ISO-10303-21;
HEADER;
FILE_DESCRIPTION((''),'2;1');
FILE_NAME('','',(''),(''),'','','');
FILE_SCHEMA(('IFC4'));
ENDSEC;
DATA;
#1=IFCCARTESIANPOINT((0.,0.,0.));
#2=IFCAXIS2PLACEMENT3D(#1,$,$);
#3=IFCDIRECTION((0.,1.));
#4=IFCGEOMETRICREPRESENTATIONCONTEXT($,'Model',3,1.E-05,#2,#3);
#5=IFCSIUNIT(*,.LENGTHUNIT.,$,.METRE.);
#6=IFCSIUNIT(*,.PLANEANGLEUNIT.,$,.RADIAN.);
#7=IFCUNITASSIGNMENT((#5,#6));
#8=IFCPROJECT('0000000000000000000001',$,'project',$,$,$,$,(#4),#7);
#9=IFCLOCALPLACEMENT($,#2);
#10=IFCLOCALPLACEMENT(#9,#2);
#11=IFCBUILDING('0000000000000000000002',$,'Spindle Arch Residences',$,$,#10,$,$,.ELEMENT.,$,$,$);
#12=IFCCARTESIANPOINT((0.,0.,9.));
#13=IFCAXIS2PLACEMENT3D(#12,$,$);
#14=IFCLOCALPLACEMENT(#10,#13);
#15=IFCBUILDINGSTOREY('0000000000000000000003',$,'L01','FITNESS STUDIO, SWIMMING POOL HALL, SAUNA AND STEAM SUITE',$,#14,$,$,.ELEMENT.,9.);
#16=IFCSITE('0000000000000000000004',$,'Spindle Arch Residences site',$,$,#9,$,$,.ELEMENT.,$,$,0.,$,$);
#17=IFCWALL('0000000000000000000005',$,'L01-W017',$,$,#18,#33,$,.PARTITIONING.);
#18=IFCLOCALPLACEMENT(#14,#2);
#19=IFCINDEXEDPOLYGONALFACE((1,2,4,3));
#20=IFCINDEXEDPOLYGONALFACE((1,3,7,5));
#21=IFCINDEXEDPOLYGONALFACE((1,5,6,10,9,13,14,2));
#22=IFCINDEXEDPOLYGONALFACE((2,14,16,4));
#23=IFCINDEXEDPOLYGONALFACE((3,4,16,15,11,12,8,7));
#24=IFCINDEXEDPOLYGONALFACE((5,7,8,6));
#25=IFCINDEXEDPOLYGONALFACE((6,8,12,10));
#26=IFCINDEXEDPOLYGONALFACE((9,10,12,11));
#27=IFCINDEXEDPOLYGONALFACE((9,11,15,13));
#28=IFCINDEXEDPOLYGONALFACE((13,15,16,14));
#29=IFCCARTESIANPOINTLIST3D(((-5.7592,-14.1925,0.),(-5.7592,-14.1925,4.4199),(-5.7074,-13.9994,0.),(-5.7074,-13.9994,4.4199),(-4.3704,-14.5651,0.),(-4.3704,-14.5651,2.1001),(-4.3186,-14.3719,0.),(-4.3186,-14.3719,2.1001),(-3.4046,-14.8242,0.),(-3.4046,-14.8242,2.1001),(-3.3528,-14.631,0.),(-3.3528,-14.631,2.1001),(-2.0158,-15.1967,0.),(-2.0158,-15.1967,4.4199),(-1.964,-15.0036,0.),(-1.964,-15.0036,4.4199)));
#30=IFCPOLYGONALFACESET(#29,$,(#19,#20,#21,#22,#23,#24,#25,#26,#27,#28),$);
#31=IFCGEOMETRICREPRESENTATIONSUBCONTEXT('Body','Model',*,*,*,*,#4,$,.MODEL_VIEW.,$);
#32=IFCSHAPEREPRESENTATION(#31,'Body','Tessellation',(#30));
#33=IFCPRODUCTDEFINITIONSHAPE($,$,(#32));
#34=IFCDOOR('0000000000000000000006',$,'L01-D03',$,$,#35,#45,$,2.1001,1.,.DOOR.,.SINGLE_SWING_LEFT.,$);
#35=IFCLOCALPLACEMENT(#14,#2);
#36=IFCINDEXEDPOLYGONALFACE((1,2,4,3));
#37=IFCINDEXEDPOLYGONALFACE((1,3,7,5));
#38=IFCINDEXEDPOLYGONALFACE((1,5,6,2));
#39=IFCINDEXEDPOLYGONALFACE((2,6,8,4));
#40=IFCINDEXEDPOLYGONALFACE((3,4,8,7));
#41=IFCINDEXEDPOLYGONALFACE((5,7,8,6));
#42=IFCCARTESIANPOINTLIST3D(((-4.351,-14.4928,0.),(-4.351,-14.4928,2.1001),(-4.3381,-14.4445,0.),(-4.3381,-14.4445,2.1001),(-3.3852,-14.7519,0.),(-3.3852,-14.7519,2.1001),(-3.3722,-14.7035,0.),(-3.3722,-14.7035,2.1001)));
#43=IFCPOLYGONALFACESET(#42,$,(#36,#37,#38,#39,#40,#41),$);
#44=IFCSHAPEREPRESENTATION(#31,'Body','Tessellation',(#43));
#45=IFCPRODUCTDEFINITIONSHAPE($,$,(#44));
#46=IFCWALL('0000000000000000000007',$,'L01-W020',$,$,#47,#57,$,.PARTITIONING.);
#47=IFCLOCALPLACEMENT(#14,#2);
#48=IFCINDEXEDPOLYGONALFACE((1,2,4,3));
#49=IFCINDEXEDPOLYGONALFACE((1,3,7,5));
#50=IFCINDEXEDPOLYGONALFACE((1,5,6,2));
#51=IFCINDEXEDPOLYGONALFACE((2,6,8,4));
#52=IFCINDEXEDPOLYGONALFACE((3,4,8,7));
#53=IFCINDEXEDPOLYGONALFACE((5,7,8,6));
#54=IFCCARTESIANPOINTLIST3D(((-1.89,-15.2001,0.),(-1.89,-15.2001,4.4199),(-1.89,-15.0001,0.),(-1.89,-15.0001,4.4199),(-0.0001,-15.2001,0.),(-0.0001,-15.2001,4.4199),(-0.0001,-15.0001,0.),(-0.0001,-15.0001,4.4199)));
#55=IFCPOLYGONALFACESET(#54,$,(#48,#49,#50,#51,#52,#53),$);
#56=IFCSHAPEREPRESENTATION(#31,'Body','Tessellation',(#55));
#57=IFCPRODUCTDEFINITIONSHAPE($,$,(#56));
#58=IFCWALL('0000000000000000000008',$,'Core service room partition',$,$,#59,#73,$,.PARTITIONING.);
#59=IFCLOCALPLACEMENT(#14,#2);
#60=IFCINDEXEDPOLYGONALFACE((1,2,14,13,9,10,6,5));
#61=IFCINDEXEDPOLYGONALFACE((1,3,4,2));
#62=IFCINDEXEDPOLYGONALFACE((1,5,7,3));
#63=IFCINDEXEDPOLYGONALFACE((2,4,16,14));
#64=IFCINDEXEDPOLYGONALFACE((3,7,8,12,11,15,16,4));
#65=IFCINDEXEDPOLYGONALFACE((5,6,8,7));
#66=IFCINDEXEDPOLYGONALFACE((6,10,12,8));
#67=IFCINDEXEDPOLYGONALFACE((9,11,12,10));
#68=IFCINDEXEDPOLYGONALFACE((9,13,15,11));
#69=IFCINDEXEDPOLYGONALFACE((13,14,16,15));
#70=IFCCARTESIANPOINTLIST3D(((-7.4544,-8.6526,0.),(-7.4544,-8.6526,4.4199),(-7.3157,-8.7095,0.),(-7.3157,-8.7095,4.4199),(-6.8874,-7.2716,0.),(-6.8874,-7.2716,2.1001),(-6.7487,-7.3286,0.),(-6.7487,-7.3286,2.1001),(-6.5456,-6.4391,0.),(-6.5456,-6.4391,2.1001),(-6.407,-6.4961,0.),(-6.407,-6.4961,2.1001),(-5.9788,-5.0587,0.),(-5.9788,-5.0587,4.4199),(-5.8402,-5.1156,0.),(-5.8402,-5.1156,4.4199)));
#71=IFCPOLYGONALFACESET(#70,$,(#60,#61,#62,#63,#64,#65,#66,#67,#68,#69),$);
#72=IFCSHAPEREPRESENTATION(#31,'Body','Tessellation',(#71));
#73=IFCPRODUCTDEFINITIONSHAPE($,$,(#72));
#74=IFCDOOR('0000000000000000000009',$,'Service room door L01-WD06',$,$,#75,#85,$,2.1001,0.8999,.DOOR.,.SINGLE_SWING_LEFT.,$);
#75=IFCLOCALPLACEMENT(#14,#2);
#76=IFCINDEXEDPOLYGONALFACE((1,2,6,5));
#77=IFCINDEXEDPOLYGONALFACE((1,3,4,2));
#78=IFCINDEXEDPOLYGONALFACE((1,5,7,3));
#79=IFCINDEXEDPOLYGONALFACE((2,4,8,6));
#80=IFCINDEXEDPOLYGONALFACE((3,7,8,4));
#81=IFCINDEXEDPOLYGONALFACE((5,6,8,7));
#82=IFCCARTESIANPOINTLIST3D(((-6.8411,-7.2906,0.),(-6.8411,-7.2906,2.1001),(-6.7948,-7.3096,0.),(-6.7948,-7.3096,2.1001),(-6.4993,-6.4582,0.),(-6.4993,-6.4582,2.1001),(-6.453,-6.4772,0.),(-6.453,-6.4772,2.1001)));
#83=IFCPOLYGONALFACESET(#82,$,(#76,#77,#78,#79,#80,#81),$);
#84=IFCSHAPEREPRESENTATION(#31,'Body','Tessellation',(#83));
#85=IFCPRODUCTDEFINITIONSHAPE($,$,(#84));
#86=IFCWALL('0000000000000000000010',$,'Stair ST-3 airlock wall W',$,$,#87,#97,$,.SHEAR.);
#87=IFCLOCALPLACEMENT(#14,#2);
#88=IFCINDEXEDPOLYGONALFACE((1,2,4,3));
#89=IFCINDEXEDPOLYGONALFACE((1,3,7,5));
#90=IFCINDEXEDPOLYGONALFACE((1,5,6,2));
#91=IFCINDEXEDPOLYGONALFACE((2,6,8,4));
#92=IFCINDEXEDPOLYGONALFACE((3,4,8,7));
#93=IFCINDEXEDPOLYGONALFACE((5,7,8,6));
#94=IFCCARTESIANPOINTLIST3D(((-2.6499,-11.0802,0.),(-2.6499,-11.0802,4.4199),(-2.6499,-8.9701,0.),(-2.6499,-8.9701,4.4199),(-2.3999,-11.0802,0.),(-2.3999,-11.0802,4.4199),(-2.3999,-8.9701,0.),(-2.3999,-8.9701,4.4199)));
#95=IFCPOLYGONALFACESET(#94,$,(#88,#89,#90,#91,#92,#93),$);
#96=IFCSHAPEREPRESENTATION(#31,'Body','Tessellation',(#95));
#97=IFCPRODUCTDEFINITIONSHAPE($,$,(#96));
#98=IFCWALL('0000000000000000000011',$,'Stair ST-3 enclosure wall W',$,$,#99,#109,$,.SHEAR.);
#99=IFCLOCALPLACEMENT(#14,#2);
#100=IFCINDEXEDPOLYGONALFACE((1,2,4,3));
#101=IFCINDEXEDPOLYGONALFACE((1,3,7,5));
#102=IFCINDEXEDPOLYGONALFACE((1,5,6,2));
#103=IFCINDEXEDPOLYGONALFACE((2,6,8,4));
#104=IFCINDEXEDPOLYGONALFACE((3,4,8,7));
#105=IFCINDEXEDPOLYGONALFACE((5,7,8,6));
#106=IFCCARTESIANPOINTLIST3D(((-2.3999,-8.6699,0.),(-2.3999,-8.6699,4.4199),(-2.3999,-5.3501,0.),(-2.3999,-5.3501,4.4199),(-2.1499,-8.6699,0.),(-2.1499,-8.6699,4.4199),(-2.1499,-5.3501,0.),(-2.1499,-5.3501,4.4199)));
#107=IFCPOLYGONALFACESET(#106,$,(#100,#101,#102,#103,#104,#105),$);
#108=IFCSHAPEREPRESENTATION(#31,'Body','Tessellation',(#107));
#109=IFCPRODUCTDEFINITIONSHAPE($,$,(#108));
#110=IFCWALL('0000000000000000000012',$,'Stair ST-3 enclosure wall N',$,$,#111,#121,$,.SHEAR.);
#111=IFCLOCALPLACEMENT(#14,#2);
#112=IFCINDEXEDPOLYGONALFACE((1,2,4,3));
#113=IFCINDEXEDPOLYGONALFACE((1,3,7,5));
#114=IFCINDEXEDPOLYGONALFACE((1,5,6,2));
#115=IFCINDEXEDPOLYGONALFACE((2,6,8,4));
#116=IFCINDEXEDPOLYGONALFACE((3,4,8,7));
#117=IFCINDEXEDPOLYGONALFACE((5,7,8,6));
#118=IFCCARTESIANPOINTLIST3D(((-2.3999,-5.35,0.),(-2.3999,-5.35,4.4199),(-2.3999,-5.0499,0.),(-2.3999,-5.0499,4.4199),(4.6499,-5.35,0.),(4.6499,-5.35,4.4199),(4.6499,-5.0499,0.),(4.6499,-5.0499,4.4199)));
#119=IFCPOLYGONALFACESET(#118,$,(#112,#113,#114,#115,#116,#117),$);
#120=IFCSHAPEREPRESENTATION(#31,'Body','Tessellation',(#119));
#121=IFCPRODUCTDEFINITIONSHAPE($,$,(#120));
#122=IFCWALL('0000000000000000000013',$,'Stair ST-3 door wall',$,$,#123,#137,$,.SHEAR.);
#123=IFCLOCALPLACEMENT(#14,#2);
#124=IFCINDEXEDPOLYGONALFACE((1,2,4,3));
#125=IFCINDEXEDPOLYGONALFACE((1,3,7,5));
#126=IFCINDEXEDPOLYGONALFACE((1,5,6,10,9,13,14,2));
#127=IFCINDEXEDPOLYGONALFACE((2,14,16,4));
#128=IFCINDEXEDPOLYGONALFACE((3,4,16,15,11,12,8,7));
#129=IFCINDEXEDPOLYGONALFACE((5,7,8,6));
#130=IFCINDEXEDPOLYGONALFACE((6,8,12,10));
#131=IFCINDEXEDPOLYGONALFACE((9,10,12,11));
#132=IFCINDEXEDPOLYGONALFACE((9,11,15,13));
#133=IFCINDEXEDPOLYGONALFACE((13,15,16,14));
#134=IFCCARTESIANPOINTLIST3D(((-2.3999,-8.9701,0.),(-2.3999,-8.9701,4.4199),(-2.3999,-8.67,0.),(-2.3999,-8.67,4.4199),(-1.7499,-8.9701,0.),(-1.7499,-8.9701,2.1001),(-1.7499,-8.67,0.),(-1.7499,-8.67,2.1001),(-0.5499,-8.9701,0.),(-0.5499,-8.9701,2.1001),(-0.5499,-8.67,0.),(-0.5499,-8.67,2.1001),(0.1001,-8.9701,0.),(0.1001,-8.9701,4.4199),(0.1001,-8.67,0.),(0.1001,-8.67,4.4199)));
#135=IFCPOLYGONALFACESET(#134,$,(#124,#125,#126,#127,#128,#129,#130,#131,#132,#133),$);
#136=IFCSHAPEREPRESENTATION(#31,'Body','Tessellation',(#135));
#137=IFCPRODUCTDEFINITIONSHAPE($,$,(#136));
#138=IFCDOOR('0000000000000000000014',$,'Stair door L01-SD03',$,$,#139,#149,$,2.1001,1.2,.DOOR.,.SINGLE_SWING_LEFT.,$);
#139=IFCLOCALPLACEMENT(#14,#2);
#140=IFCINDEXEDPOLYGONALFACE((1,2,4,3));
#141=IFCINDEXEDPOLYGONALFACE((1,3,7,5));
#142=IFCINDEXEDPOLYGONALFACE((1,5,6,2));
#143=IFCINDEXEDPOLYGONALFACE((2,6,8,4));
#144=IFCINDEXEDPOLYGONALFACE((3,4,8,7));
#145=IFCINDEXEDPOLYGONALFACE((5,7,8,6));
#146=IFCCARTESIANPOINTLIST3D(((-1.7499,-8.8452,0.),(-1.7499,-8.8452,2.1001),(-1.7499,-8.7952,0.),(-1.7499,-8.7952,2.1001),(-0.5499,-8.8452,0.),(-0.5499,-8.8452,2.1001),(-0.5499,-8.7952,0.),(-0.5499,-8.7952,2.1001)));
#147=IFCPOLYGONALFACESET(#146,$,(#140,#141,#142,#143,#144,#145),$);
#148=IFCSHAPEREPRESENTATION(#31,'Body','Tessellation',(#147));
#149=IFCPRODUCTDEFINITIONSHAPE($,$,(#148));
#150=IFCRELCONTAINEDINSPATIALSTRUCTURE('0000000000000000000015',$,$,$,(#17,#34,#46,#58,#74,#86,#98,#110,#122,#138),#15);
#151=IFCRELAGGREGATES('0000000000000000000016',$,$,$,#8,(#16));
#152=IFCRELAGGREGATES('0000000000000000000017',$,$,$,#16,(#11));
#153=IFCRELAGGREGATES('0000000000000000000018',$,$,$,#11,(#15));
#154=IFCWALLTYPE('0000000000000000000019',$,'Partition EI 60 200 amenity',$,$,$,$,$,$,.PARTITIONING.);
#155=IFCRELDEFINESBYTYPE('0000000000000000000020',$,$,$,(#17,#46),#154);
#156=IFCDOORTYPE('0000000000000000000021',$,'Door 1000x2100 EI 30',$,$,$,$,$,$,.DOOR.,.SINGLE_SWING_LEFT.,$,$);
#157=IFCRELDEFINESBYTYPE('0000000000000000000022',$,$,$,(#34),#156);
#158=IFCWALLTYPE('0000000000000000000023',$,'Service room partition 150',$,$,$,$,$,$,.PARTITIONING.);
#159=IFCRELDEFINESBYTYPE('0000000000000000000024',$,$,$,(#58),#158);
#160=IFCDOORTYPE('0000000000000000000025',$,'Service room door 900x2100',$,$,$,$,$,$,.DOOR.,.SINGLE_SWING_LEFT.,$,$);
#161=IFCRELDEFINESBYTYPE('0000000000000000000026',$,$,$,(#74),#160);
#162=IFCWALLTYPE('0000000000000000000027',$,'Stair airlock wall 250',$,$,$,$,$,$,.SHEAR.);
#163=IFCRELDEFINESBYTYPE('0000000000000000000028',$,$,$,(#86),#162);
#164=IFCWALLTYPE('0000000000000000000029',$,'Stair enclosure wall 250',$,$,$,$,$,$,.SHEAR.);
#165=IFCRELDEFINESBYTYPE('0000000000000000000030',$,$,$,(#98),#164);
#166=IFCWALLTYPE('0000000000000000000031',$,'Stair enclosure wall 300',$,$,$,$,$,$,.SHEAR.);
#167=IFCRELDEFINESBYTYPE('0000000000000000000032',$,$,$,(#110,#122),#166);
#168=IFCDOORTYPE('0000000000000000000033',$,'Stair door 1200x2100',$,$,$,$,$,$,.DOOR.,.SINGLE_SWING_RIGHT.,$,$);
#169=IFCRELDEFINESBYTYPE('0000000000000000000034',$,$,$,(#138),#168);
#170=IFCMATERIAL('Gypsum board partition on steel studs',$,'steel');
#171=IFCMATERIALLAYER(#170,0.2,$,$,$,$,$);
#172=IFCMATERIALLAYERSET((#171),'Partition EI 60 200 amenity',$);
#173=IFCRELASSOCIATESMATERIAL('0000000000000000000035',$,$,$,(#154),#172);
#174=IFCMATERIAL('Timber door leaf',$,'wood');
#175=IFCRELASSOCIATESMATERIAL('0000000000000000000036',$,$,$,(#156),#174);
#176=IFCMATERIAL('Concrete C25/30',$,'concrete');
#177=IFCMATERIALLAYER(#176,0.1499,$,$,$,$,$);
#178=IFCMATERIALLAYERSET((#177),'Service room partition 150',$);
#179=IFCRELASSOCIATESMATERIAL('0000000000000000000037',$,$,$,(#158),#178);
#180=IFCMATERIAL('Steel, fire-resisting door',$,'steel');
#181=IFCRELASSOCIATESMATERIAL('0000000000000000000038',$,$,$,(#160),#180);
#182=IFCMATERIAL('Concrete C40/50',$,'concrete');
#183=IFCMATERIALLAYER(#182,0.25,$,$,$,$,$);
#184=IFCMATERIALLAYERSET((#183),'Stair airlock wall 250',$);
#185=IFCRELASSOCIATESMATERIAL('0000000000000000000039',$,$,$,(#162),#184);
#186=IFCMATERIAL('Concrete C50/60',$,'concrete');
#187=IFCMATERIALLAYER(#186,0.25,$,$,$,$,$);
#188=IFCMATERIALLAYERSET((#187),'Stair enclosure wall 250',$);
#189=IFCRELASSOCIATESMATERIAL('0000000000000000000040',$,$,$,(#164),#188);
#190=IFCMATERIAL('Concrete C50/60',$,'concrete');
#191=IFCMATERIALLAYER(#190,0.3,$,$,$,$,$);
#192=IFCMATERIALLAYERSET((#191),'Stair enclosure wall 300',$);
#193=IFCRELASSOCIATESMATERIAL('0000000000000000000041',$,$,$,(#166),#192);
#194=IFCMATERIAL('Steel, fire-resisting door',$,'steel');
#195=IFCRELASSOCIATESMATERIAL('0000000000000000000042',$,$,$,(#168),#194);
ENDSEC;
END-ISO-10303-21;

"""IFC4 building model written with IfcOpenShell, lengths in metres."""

from ifc_helpers import new_model, si_unit, direction, frame, frame_2d, origin, place, context, subcontext, project, spatial, rectangle, extrude, material, layer, layer_set, type_object, element, fill, save


model = new_model("IFC4")

# Units and contexts
model_context = context("Model", 3, precision=1e-05, world=origin(), true_north=direction((0.0, 1.0)))
body_context = subcontext(model_context, "Body", "Model", "MODEL_VIEW")
ifc_project = project(units=[si_unit("LENGTHUNIT", "METRE"), si_unit("PLANEANGLEUNIT", "RADIAN")], contexts=[model_context])

# Site, building, storey
site_placement = place(None, origin())
site = spatial("IfcSite", under=ifc_project, at=site_placement, Name="Spindle Arch Residences site", CompositionType="ELEMENT", RefElevation=0.0)
building_placement = place(site_placement, origin())
building = spatial("IfcBuilding", under=site, at=building_placement, Name="Spindle Arch Residences", CompositionType="ELEMENT")
storey_placement = place(building_placement, frame((0.0, 0.0, 9.0)))
storey = spatial("IfcBuildingStorey", under=building, at=storey_placement, Name="L01", Description="FITNESS STUDIO, SWIMMING POOL HALL, SAUNA AND STEAM SUITE", CompositionType="ELEMENT", Elevation=9.0)

# Shared definitions
ifc_material_1 = material(Name="Gypsum board partition on steel studs", Category="steel")
ifc_layer_1 = layer(ifc_material_1, 0.2)
ifc_layer_set_1 = layer_set([ifc_layer_1], Name="Partition EI 60 200 amenity")
wall_type_1 = type_object("IfcWallType", Name="Partition EI 60 200 amenity", PredefinedType="PARTITIONING", material=ifc_layer_set_1)

# Wall, opening, door
wall_1_placement = place(storey_placement, frame((-5.7334, -14.0959, 0.0), z_axis=(0.0, 0.0, 1.0), x_axis=(0.965854, -0.259086, 0.0)))
wall_1 = element("IfcWall", 1, at=wall_1_placement, inside=storey, type_object=wall_type_1, Name="L01-W017", PredefinedType="PARTITIONING", context=body_context, shape_type="SweptSolid", body=[
    extrude(rectangle(XDim=3.8757, YDim=0.2, at=frame_2d((1.938, 0.0))), origin(), (0.0, 0.0, 1.0), 4.4199),
])
opening_1_placement = place(wall_1_placement, frame((1.438, 0.0, 0.0)))
opening_1 = element("IfcOpeningElement", 2, at=opening_1_placement, cuts=wall_1, PredefinedType="OPENING", context=body_context, shape_type="SweptSolid", body=[
    extrude(rectangle(XDim=1.0, YDim=2.1001, at=frame_2d((0.5, 1.05))), frame((0.0, 0.1099, 0.0), z_axis=(0.0, -1.0, 0.0), x_axis=(1.0, 0.0, 0.0)), (0.0, 0.0, 1.0), 0.22),
])
ifc_material_2 = material(Name="Timber door leaf", Category="wood")
door_type_1 = type_object("IfcDoorType", Name="Door 1000x2100 EI 30", OperationType="SINGLE_SWING_LEFT", PredefinedType="DOOR", material=ifc_material_2)
door_1_placement = place(opening_1_placement, origin())
door_1 = element("IfcDoor", 3, at=door_1_placement, inside=storey, type_object=door_type_1, Name="L01-D03", OperationType="SINGLE_SWING_LEFT", OverallHeight=2.1001, OverallWidth=1.0, PredefinedType="DOOR", context=body_context, shape_type="SweptSolid", body=[
    extrude(rectangle(XDim=1.0, YDim=2.1001, at=frame_2d((0.5, 1.05))), frame((0.0, 0.0249, 0.0), z_axis=(0.0, -1.0, 0.0), x_axis=(1.0, 0.0, 0.0)), (0.0, 0.0, 1.0), 0.05),
])
fill(opening_1, door_1)

# Wall
wall_2_placement = place(storey_placement, frame((-1.8899, -15.1001, 0.0), z_axis=(0.0, 0.0, 1.0), x_axis=(1.0, 0.0, 0.0)))
element("IfcWall", 4, at=wall_2_placement, inside=storey, type_object=wall_type_1, Name="L01-W020", PredefinedType="PARTITIONING", context=body_context, shape_type="SweptSolid", body=[
    extrude(rectangle(XDim=1.8899, YDim=0.2, at=frame_2d((0.9448, 0.0))), origin(), (0.0, 0.0, 1.0), 4.4199),
])

# Wall, opening, door
ifc_material_3 = material(Name="Concrete C25/30", Category="concrete")
ifc_layer_2 = layer(ifc_material_3, 0.1499)
ifc_layer_set_2 = layer_set([ifc_layer_2], Name="Service room partition 150")
wall_type_2 = type_object("IfcWallType", Name="Service room partition 150", PredefinedType="PARTITIONING", material=ifc_layer_set_2)
wall_3_placement = place(storey_placement, frame((-7.385, -8.6809, 0.0), z_axis=(0.0, 0.0, 1.0), x_axis=(0.379805, 0.925067, 0.0)))
wall_3 = element("IfcWall", 5, at=wall_3_placement, inside=storey, type_object=wall_type_2, Name="Core service room partition", PredefinedType="PARTITIONING", context=body_context, shape_type="SweptSolid", body=[
    extrude(rectangle(XDim=3.885, YDim=0.1499, at=frame_2d((1.9424, 0.0))), origin(), (0.0, 0.0, 1.0), 4.4199),
])
opening_2_placement = place(wall_3_placement, frame((1.4927, 0.0, 0.0)))
opening_2 = element("IfcOpeningElement", 6, at=opening_2_placement, cuts=wall_3, PredefinedType="OPENING", context=body_context, shape_type="SweptSolid", body=[
    extrude(rectangle(XDim=0.8999, YDim=2.1001, at=frame_2d((0.45, 1.05))), frame((0.0, 0.085, 0.0), z_axis=(0.0, -1.0, 0.0), x_axis=(1.0, 0.0, 0.0)), (0.0, 0.0, 1.0), 0.1699),
])
ifc_material_4 = material(Name="Steel, fire-resisting door", Category="steel")
door_type_2 = type_object("IfcDoorType", Name="Service room door 900x2100", OperationType="SINGLE_SWING_LEFT", PredefinedType="DOOR", material=ifc_material_4)
door_2_placement = place(opening_2_placement, origin())
door_2 = element("IfcDoor", 7, at=door_2_placement, inside=storey, type_object=door_type_2, Name="Service room door L01-WD06", OperationType="SINGLE_SWING_LEFT", OverallHeight=2.1001, OverallWidth=0.8999, PredefinedType="DOOR", context=body_context, shape_type="SweptSolid", body=[
    extrude(rectangle(XDim=0.8999, YDim=2.1001, at=frame_2d((0.45, 1.05))), frame((0.0, 0.0249, 0.0), z_axis=(0.0, -1.0, 0.0), x_axis=(1.0, 0.0, 0.0)), (0.0, 0.0, 1.0), 0.05),
])
fill(opening_2, door_2)

# Walls
ifc_material_5 = material(Name="Concrete C40/50", Category="concrete")
ifc_layer_3 = layer(ifc_material_5, 0.25)
ifc_layer_set_3 = layer_set([ifc_layer_3], Name="Stair airlock wall 250")
wall_type_3 = type_object("IfcWallType", Name="Stair airlock wall 250", PredefinedType="SHEAR", material=ifc_layer_set_3)
wall_4_placement = place(storey_placement, frame((-2.5249, -8.97, 0.0), z_axis=(0.0, 0.0, 1.0), x_axis=(0.0, -1.0, 0.0)))
element("IfcWall", 8, at=wall_4_placement, inside=storey, type_object=wall_type_3, Name="Stair ST-3 airlock wall W", PredefinedType="SHEAR", context=body_context, shape_type="SweptSolid", body=[
    extrude(rectangle(XDim=2.1101, YDim=0.25, at=frame_2d((1.0552, 0.0))), origin(), (0.0, 0.0, 1.0), 4.4199),
])
ifc_material_6 = material(Name="Concrete C50/60", Category="concrete")
ifc_layer_4 = layer(ifc_material_6, 0.25)
ifc_layer_set_4 = layer_set([ifc_layer_4], Name="Stair enclosure wall 250")
wall_type_4 = type_object("IfcWallType", Name="Stair enclosure wall 250", PredefinedType="SHEAR", material=ifc_layer_set_4)
wall_5_placement = place(storey_placement, frame((-2.2749, -8.6699, 0.0), z_axis=(0.0, 0.0, 1.0), x_axis=(0.0, 1.0, 0.0)))
element("IfcWall", 9, at=wall_5_placement, inside=storey, type_object=wall_type_4, Name="Stair ST-3 enclosure wall W", PredefinedType="SHEAR", context=body_context, shape_type="SweptSolid", body=[
    extrude(rectangle(XDim=3.3198, YDim=0.25, at=frame_2d((1.6599, 0.0))), origin(), (0.0, 0.0, 1.0), 4.4199),
])
ifc_material_7 = material(Name="Concrete C50/60", Category="concrete")
ifc_layer_5 = layer(ifc_material_7, 0.3)
ifc_layer_set_5 = layer_set([ifc_layer_5], Name="Stair enclosure wall 300")
wall_type_5 = type_object("IfcWallType", Name="Stair enclosure wall 300", PredefinedType="SHEAR", material=ifc_layer_set_5)
wall_6_placement = place(storey_placement, frame((-2.3999, -5.2, 0.0), z_axis=(0.0, 0.0, 1.0), x_axis=(1.0, 0.0, 0.0)))
element("IfcWall", 10, at=wall_6_placement, inside=storey, type_object=wall_type_5, Name="Stair ST-3 enclosure wall N", PredefinedType="SHEAR", context=body_context, shape_type="SweptSolid", body=[
    extrude(rectangle(XDim=7.0498, YDim=0.3, at=frame_2d((3.5249, 0.0))), origin(), (0.0, 0.0, 1.0), 4.4199),
])

# Wall, opening, door
wall_7_placement = place(storey_placement, frame((-2.3999, -8.8201, 0.0), z_axis=(0.0, 0.0, 1.0), x_axis=(1.0, 0.0, 0.0)))
wall_7 = element("IfcWall", 11, at=wall_7_placement, inside=storey, type_object=wall_type_5, Name="Stair ST-3 door wall", PredefinedType="SHEAR", context=body_context, shape_type="SweptSolid", body=[
    extrude(rectangle(XDim=2.5, YDim=0.3, at=frame_2d((1.25, 0.0))), origin(), (0.0, 0.0, 1.0), 4.4199),
])
opening_3_placement = place(wall_7_placement, frame((0.6499, 0.0, 0.0)))
opening_3 = element("IfcOpeningElement", 12, at=opening_3_placement, cuts=wall_7, PredefinedType="OPENING", context=body_context, shape_type="SweptSolid", body=[
    extrude(rectangle(XDim=1.2, YDim=2.1001, at=frame_2d((0.6001, 1.05))), frame((0.0, 0.1602, 0.0), z_axis=(0.0, -1.0, 0.0), x_axis=(1.0, 0.0, 0.0)), (0.0, 0.0, 1.0), 0.3201),
])
ifc_material_8 = material(Name="Steel, fire-resisting door", Category="steel")
door_type_3 = type_object("IfcDoorType", Name="Stair door 1200x2100", OperationType="SINGLE_SWING_RIGHT", PredefinedType="DOOR", material=ifc_material_8)
door_3_placement = place(opening_3_placement, origin())
door_3 = element("IfcDoor", 13, at=door_3_placement, inside=storey, type_object=door_type_3, Name="Stair door L01-SD03", OperationType="SINGLE_SWING_LEFT", OverallHeight=2.1001, OverallWidth=1.2, PredefinedType="DOOR", context=body_context, shape_type="SweptSolid", body=[
    extrude(rectangle(XDim=1.2, YDim=2.1001, at=frame_2d((0.6001, 1.05))), frame((0.0, 0.0249, 0.0), z_axis=(0.0, -1.0, 0.0), x_axis=(1.0, 0.0, 0.0)), (0.0, 0.0, 1.0), 0.05),
])
fill(opening_3, door_3)

save(model, "model.ifc")
